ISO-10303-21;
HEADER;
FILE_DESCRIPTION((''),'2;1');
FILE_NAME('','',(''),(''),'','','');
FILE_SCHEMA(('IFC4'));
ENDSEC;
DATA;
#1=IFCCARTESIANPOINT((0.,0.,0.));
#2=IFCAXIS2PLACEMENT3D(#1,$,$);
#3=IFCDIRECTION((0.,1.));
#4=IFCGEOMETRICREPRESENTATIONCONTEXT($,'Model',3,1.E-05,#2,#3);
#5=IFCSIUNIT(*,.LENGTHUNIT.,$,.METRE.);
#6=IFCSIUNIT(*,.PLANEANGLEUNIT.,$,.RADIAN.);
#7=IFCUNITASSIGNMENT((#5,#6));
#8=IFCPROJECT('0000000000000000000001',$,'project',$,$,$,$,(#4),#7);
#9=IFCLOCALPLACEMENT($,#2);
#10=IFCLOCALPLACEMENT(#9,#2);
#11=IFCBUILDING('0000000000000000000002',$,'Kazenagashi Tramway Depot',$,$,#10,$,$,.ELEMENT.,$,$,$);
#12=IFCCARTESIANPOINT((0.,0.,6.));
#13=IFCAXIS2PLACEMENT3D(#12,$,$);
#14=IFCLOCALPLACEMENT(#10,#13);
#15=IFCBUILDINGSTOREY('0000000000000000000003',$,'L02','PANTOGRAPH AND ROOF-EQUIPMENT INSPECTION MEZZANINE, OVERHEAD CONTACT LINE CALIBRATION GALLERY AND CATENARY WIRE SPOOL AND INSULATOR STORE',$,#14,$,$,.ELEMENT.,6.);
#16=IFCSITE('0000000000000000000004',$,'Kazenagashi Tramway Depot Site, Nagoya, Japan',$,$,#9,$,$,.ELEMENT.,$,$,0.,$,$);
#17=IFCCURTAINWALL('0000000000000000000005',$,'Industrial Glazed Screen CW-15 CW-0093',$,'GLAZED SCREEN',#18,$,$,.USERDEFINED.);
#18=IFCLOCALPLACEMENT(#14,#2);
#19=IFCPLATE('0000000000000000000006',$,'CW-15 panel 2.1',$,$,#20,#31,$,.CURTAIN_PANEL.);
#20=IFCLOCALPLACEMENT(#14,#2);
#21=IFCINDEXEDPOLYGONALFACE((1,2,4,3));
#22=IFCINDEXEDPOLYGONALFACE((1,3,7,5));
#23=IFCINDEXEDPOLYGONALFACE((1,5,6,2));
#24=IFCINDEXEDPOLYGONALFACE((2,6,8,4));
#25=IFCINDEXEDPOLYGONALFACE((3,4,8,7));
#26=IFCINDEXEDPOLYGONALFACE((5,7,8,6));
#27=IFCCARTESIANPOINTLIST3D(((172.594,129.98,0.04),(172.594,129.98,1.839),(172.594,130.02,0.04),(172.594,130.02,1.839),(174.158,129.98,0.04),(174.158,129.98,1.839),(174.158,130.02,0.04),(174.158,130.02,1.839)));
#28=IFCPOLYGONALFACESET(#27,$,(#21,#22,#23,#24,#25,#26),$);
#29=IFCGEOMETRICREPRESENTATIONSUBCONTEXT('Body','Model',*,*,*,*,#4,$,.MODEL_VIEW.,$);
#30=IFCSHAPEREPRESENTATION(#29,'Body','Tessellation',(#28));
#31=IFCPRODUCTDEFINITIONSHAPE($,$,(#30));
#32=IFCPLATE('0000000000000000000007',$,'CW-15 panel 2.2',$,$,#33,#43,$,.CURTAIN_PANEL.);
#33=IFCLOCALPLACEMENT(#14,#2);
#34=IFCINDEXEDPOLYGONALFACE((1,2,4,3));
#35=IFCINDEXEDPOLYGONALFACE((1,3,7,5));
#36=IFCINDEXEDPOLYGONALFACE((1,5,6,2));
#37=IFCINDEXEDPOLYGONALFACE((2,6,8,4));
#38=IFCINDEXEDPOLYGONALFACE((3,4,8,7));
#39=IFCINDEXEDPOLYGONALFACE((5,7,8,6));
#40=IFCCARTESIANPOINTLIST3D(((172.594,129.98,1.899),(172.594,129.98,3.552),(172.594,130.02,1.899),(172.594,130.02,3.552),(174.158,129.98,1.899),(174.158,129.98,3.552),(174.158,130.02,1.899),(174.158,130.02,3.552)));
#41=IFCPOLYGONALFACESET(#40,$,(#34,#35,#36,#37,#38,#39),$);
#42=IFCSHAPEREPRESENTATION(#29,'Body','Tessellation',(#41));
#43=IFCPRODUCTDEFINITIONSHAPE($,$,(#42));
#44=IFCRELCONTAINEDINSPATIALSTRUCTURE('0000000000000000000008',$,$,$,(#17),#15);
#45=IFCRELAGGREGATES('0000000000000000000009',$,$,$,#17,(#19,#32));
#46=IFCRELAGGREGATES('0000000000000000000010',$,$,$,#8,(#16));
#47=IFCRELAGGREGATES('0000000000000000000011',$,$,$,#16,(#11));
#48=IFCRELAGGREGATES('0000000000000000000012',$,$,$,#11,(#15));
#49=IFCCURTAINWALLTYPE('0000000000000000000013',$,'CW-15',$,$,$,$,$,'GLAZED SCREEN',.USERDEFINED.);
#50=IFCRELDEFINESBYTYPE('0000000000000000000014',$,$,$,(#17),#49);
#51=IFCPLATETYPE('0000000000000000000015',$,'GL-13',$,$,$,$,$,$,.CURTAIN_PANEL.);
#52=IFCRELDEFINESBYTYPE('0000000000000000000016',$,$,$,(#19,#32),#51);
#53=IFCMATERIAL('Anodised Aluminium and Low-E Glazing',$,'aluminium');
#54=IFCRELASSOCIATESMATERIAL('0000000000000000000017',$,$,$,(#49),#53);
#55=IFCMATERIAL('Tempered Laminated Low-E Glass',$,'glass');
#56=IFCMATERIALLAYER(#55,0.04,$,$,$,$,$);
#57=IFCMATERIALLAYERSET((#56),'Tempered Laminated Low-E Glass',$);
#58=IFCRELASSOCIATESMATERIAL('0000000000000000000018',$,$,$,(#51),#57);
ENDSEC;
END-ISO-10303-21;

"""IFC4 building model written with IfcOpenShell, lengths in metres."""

from ifc_helpers import new_model, si_unit, direction, frame, origin, origin_2d, place, context, subcontext, project, spatial, rectangle, extrude, material, layer, layer_set, type_object, element, aggregate, save


model = new_model("IFC4")

# Units and contexts
model_context = context("Model", 3, precision=1e-05, world=origin(), true_north=direction((0.0, 1.0)))
body_context = subcontext(model_context, "Body", "Model", "MODEL_VIEW")
ifc_project = project(units=[si_unit("LENGTHUNIT", "METRE"), si_unit("PLANEANGLEUNIT", "RADIAN")], contexts=[model_context])

# Site, building, storey
site_placement = place(None, origin())
site = spatial("IfcSite", under=ifc_project, at=site_placement, Name="Kazenagashi Tramway Depot Site, Nagoya, Japan", CompositionType="ELEMENT", RefElevation=0.0)
building_placement = place(site_placement, origin())
building = spatial("IfcBuilding", under=site, at=building_placement, Name="Kazenagashi Tramway Depot", CompositionType="ELEMENT")
storey_placement = place(building_placement, frame((0.0, 0.0, 6.0)))
storey = spatial("IfcBuildingStorey", under=building, at=storey_placement, Name="L02", Description="PANTOGRAPH AND ROOF-EQUIPMENT INSPECTION MEZZANINE, OVERHEAD CONTACT LINE CALIBRATION GALLERY AND CATENARY WIRE SPOOL AND INSULATOR STORE", CompositionType="ELEMENT", Elevation=6.0)

# Curtain wall
ifc_material_1 = material(Name="Anodised Aluminium and Low-E Glazing", Category="aluminium")
curtain_wall_type = type_object("IfcCurtainWallType", Name="CW-15", ElementType="GLAZED SCREEN", PredefinedType="USERDEFINED", material=ifc_material_1)
curtain_wall_1_placement = place(storey_placement, origin())
curtain_wall_1 = element("IfcCurtainWall", 1, at=curtain_wall_1_placement, inside=storey, type_object=curtain_wall_type, Name="Industrial Glazed Screen CW-15 CW-0093", ObjectType="GLAZED SCREEN", PredefinedType="USERDEFINED")

# Plates
ifc_material_2 = material(Name="Tempered Laminated Low-E Glass", Category="glass")
ifc_layer_1 = layer(ifc_material_2, 0.04)
ifc_layer_set_1 = layer_set([ifc_layer_1], Name="Tempered Laminated Low-E Glass")
plate_type_1 = type_object("IfcPlateType", Name="GL-13", PredefinedType="CURTAIN_PANEL", material=ifc_layer_set_1)
plate_1_placement = place(storey_placement, frame((173.376, 130.0, 0.04), z_axis=(0.0, 0.0, 1.0), x_axis=(1.0, 0.0, 0.0)))
plate_1 = element("IfcPlate", 2, at=plate_1_placement, type_object=plate_type_1, Name="CW-15 panel 2.1", PredefinedType="CURTAIN_PANEL", context=body_context, shape_type="SweptSolid", body=[
    extrude(rectangle(XDim=1.564, YDim=0.04, at=origin_2d()), origin(), (0.0, 0.0, 1.0), 1.799),
])
plate_2_placement = place(storey_placement, frame((173.376, 130.0, 1.899), z_axis=(0.0, 0.0, 1.0), x_axis=(1.0, 0.0, 0.0)))
plate_2 = element("IfcPlate", 3, at=plate_2_placement, type_object=plate_type_1, Name="CW-15 panel 2.2", PredefinedType="CURTAIN_PANEL", context=body_context, shape_type="SweptSolid", body=[
    extrude(rectangle(XDim=1.564, YDim=0.04, at=origin_2d()), origin(), (0.0, 0.0, 1.0), 1.653),
])
aggregate(curtain_wall_1, [plate_1, plate_2])

save(model, "model.ifc")
